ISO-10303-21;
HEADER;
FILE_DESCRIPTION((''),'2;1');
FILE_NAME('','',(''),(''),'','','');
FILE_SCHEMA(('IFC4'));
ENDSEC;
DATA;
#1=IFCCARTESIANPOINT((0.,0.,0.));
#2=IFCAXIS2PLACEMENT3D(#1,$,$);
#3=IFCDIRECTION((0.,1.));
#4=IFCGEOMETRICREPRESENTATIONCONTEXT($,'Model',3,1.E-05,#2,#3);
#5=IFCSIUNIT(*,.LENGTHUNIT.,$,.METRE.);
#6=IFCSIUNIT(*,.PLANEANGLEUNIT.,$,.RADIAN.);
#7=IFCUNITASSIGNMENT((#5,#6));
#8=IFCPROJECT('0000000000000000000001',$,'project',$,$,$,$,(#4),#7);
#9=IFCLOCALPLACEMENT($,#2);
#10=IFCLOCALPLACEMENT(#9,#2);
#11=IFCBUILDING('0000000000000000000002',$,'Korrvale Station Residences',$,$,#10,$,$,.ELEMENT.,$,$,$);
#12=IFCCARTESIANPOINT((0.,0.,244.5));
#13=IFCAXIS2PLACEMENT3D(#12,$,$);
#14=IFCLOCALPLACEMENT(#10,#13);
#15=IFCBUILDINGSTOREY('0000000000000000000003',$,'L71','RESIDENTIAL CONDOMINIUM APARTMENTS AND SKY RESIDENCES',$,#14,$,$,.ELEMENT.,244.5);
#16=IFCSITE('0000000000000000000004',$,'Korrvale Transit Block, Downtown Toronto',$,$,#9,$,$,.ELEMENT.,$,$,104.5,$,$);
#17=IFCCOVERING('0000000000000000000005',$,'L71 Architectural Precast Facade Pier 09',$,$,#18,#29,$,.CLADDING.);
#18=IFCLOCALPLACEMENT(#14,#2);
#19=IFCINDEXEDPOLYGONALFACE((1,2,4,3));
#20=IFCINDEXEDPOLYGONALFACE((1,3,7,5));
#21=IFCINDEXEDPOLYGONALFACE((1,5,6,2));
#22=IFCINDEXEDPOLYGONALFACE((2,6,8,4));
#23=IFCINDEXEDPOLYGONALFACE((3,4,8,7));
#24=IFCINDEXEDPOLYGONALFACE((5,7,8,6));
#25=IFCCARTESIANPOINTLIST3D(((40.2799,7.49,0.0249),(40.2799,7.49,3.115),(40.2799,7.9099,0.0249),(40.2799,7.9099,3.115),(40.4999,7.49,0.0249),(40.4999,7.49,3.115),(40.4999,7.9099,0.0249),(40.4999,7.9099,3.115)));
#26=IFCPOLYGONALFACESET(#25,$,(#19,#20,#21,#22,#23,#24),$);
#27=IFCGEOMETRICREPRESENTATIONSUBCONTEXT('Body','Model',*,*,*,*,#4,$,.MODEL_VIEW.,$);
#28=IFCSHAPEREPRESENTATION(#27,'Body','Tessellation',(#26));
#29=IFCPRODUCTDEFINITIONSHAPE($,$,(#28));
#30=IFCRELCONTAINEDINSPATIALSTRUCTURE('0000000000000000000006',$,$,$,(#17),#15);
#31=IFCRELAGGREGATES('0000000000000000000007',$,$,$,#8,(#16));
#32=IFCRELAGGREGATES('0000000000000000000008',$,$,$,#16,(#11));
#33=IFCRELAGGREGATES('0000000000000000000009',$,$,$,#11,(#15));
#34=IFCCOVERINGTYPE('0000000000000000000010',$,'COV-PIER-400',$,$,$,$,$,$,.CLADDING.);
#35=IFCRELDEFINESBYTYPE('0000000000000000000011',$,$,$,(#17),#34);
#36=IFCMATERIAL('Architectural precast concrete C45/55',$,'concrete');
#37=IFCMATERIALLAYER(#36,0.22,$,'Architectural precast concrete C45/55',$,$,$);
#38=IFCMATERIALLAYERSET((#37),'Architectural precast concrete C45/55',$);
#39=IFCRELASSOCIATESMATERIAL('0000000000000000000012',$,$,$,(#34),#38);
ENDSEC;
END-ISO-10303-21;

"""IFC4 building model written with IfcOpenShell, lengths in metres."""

from ifc_helpers import new_model, si_unit, direction, frame, origin, origin_2d, place, context, subcontext, project, spatial, rectangle, extrude, material, layer, layer_set, type_object, element, save


model = new_model("IFC4")

# Units and contexts
model_context = context("Model", 3, precision=1e-05, world=origin(), true_north=direction((0.0, 1.0)))
body_context = subcontext(model_context, "Body", "Model", "MODEL_VIEW")
ifc_project = project(units=[si_unit("LENGTHUNIT", "METRE"), si_unit("PLANEANGLEUNIT", "RADIAN")], contexts=[model_context])

# Site, building, storey
site_placement = place(None, origin())
site = spatial("IfcSite", under=ifc_project, at=site_placement, Name="Korrvale Transit Block, Downtown Toronto", CompositionType="ELEMENT", RefElevation=104.5)
building_placement = place(site_placement, origin())
building = spatial("IfcBuilding", under=site, at=building_placement, Name="Korrvale Station Residences", CompositionType="ELEMENT")
storey_placement = place(building_placement, frame((0.0, 0.0, 244.5)))
storey = spatial("IfcBuildingStorey", under=building, at=storey_placement, Name="L71", Description="RESIDENTIAL CONDOMINIUM APARTMENTS AND SKY RESIDENCES", CompositionType="ELEMENT", Elevation=244.5)

# Covering
ifc_material_1 = material(Name="Architectural precast concrete C45/55", Category="concrete")
ifc_layer_1 = layer(ifc_material_1, 0.22, Name="Architectural precast concrete C45/55")
ifc_layer_set_1 = layer_set([ifc_layer_1], Name="Architectural precast concrete C45/55")
covering_type = type_object("IfcCoveringType", Name="COV-PIER-400", PredefinedType="CLADDING", material=ifc_layer_set_1)
covering_placement = place(storey_placement, frame((40.3899, 7.7, 0.0249), z_axis=(0.0, 0.0, 1.0), x_axis=(0.0, 1.0, 0.0)))
element("IfcCovering", 1, at=covering_placement, inside=storey, type_object=covering_type, Name="L71 Architectural Precast Facade Pier 09", PredefinedType="CLADDING", context=body_context, shape_type="SweptSolid", body=[
    extrude(rectangle(XDim=0.4199, YDim=0.22, at=origin_2d()), origin(), (0.0, 0.0, 1.0), 3.0901),
])

save(model, "model.ifc")
